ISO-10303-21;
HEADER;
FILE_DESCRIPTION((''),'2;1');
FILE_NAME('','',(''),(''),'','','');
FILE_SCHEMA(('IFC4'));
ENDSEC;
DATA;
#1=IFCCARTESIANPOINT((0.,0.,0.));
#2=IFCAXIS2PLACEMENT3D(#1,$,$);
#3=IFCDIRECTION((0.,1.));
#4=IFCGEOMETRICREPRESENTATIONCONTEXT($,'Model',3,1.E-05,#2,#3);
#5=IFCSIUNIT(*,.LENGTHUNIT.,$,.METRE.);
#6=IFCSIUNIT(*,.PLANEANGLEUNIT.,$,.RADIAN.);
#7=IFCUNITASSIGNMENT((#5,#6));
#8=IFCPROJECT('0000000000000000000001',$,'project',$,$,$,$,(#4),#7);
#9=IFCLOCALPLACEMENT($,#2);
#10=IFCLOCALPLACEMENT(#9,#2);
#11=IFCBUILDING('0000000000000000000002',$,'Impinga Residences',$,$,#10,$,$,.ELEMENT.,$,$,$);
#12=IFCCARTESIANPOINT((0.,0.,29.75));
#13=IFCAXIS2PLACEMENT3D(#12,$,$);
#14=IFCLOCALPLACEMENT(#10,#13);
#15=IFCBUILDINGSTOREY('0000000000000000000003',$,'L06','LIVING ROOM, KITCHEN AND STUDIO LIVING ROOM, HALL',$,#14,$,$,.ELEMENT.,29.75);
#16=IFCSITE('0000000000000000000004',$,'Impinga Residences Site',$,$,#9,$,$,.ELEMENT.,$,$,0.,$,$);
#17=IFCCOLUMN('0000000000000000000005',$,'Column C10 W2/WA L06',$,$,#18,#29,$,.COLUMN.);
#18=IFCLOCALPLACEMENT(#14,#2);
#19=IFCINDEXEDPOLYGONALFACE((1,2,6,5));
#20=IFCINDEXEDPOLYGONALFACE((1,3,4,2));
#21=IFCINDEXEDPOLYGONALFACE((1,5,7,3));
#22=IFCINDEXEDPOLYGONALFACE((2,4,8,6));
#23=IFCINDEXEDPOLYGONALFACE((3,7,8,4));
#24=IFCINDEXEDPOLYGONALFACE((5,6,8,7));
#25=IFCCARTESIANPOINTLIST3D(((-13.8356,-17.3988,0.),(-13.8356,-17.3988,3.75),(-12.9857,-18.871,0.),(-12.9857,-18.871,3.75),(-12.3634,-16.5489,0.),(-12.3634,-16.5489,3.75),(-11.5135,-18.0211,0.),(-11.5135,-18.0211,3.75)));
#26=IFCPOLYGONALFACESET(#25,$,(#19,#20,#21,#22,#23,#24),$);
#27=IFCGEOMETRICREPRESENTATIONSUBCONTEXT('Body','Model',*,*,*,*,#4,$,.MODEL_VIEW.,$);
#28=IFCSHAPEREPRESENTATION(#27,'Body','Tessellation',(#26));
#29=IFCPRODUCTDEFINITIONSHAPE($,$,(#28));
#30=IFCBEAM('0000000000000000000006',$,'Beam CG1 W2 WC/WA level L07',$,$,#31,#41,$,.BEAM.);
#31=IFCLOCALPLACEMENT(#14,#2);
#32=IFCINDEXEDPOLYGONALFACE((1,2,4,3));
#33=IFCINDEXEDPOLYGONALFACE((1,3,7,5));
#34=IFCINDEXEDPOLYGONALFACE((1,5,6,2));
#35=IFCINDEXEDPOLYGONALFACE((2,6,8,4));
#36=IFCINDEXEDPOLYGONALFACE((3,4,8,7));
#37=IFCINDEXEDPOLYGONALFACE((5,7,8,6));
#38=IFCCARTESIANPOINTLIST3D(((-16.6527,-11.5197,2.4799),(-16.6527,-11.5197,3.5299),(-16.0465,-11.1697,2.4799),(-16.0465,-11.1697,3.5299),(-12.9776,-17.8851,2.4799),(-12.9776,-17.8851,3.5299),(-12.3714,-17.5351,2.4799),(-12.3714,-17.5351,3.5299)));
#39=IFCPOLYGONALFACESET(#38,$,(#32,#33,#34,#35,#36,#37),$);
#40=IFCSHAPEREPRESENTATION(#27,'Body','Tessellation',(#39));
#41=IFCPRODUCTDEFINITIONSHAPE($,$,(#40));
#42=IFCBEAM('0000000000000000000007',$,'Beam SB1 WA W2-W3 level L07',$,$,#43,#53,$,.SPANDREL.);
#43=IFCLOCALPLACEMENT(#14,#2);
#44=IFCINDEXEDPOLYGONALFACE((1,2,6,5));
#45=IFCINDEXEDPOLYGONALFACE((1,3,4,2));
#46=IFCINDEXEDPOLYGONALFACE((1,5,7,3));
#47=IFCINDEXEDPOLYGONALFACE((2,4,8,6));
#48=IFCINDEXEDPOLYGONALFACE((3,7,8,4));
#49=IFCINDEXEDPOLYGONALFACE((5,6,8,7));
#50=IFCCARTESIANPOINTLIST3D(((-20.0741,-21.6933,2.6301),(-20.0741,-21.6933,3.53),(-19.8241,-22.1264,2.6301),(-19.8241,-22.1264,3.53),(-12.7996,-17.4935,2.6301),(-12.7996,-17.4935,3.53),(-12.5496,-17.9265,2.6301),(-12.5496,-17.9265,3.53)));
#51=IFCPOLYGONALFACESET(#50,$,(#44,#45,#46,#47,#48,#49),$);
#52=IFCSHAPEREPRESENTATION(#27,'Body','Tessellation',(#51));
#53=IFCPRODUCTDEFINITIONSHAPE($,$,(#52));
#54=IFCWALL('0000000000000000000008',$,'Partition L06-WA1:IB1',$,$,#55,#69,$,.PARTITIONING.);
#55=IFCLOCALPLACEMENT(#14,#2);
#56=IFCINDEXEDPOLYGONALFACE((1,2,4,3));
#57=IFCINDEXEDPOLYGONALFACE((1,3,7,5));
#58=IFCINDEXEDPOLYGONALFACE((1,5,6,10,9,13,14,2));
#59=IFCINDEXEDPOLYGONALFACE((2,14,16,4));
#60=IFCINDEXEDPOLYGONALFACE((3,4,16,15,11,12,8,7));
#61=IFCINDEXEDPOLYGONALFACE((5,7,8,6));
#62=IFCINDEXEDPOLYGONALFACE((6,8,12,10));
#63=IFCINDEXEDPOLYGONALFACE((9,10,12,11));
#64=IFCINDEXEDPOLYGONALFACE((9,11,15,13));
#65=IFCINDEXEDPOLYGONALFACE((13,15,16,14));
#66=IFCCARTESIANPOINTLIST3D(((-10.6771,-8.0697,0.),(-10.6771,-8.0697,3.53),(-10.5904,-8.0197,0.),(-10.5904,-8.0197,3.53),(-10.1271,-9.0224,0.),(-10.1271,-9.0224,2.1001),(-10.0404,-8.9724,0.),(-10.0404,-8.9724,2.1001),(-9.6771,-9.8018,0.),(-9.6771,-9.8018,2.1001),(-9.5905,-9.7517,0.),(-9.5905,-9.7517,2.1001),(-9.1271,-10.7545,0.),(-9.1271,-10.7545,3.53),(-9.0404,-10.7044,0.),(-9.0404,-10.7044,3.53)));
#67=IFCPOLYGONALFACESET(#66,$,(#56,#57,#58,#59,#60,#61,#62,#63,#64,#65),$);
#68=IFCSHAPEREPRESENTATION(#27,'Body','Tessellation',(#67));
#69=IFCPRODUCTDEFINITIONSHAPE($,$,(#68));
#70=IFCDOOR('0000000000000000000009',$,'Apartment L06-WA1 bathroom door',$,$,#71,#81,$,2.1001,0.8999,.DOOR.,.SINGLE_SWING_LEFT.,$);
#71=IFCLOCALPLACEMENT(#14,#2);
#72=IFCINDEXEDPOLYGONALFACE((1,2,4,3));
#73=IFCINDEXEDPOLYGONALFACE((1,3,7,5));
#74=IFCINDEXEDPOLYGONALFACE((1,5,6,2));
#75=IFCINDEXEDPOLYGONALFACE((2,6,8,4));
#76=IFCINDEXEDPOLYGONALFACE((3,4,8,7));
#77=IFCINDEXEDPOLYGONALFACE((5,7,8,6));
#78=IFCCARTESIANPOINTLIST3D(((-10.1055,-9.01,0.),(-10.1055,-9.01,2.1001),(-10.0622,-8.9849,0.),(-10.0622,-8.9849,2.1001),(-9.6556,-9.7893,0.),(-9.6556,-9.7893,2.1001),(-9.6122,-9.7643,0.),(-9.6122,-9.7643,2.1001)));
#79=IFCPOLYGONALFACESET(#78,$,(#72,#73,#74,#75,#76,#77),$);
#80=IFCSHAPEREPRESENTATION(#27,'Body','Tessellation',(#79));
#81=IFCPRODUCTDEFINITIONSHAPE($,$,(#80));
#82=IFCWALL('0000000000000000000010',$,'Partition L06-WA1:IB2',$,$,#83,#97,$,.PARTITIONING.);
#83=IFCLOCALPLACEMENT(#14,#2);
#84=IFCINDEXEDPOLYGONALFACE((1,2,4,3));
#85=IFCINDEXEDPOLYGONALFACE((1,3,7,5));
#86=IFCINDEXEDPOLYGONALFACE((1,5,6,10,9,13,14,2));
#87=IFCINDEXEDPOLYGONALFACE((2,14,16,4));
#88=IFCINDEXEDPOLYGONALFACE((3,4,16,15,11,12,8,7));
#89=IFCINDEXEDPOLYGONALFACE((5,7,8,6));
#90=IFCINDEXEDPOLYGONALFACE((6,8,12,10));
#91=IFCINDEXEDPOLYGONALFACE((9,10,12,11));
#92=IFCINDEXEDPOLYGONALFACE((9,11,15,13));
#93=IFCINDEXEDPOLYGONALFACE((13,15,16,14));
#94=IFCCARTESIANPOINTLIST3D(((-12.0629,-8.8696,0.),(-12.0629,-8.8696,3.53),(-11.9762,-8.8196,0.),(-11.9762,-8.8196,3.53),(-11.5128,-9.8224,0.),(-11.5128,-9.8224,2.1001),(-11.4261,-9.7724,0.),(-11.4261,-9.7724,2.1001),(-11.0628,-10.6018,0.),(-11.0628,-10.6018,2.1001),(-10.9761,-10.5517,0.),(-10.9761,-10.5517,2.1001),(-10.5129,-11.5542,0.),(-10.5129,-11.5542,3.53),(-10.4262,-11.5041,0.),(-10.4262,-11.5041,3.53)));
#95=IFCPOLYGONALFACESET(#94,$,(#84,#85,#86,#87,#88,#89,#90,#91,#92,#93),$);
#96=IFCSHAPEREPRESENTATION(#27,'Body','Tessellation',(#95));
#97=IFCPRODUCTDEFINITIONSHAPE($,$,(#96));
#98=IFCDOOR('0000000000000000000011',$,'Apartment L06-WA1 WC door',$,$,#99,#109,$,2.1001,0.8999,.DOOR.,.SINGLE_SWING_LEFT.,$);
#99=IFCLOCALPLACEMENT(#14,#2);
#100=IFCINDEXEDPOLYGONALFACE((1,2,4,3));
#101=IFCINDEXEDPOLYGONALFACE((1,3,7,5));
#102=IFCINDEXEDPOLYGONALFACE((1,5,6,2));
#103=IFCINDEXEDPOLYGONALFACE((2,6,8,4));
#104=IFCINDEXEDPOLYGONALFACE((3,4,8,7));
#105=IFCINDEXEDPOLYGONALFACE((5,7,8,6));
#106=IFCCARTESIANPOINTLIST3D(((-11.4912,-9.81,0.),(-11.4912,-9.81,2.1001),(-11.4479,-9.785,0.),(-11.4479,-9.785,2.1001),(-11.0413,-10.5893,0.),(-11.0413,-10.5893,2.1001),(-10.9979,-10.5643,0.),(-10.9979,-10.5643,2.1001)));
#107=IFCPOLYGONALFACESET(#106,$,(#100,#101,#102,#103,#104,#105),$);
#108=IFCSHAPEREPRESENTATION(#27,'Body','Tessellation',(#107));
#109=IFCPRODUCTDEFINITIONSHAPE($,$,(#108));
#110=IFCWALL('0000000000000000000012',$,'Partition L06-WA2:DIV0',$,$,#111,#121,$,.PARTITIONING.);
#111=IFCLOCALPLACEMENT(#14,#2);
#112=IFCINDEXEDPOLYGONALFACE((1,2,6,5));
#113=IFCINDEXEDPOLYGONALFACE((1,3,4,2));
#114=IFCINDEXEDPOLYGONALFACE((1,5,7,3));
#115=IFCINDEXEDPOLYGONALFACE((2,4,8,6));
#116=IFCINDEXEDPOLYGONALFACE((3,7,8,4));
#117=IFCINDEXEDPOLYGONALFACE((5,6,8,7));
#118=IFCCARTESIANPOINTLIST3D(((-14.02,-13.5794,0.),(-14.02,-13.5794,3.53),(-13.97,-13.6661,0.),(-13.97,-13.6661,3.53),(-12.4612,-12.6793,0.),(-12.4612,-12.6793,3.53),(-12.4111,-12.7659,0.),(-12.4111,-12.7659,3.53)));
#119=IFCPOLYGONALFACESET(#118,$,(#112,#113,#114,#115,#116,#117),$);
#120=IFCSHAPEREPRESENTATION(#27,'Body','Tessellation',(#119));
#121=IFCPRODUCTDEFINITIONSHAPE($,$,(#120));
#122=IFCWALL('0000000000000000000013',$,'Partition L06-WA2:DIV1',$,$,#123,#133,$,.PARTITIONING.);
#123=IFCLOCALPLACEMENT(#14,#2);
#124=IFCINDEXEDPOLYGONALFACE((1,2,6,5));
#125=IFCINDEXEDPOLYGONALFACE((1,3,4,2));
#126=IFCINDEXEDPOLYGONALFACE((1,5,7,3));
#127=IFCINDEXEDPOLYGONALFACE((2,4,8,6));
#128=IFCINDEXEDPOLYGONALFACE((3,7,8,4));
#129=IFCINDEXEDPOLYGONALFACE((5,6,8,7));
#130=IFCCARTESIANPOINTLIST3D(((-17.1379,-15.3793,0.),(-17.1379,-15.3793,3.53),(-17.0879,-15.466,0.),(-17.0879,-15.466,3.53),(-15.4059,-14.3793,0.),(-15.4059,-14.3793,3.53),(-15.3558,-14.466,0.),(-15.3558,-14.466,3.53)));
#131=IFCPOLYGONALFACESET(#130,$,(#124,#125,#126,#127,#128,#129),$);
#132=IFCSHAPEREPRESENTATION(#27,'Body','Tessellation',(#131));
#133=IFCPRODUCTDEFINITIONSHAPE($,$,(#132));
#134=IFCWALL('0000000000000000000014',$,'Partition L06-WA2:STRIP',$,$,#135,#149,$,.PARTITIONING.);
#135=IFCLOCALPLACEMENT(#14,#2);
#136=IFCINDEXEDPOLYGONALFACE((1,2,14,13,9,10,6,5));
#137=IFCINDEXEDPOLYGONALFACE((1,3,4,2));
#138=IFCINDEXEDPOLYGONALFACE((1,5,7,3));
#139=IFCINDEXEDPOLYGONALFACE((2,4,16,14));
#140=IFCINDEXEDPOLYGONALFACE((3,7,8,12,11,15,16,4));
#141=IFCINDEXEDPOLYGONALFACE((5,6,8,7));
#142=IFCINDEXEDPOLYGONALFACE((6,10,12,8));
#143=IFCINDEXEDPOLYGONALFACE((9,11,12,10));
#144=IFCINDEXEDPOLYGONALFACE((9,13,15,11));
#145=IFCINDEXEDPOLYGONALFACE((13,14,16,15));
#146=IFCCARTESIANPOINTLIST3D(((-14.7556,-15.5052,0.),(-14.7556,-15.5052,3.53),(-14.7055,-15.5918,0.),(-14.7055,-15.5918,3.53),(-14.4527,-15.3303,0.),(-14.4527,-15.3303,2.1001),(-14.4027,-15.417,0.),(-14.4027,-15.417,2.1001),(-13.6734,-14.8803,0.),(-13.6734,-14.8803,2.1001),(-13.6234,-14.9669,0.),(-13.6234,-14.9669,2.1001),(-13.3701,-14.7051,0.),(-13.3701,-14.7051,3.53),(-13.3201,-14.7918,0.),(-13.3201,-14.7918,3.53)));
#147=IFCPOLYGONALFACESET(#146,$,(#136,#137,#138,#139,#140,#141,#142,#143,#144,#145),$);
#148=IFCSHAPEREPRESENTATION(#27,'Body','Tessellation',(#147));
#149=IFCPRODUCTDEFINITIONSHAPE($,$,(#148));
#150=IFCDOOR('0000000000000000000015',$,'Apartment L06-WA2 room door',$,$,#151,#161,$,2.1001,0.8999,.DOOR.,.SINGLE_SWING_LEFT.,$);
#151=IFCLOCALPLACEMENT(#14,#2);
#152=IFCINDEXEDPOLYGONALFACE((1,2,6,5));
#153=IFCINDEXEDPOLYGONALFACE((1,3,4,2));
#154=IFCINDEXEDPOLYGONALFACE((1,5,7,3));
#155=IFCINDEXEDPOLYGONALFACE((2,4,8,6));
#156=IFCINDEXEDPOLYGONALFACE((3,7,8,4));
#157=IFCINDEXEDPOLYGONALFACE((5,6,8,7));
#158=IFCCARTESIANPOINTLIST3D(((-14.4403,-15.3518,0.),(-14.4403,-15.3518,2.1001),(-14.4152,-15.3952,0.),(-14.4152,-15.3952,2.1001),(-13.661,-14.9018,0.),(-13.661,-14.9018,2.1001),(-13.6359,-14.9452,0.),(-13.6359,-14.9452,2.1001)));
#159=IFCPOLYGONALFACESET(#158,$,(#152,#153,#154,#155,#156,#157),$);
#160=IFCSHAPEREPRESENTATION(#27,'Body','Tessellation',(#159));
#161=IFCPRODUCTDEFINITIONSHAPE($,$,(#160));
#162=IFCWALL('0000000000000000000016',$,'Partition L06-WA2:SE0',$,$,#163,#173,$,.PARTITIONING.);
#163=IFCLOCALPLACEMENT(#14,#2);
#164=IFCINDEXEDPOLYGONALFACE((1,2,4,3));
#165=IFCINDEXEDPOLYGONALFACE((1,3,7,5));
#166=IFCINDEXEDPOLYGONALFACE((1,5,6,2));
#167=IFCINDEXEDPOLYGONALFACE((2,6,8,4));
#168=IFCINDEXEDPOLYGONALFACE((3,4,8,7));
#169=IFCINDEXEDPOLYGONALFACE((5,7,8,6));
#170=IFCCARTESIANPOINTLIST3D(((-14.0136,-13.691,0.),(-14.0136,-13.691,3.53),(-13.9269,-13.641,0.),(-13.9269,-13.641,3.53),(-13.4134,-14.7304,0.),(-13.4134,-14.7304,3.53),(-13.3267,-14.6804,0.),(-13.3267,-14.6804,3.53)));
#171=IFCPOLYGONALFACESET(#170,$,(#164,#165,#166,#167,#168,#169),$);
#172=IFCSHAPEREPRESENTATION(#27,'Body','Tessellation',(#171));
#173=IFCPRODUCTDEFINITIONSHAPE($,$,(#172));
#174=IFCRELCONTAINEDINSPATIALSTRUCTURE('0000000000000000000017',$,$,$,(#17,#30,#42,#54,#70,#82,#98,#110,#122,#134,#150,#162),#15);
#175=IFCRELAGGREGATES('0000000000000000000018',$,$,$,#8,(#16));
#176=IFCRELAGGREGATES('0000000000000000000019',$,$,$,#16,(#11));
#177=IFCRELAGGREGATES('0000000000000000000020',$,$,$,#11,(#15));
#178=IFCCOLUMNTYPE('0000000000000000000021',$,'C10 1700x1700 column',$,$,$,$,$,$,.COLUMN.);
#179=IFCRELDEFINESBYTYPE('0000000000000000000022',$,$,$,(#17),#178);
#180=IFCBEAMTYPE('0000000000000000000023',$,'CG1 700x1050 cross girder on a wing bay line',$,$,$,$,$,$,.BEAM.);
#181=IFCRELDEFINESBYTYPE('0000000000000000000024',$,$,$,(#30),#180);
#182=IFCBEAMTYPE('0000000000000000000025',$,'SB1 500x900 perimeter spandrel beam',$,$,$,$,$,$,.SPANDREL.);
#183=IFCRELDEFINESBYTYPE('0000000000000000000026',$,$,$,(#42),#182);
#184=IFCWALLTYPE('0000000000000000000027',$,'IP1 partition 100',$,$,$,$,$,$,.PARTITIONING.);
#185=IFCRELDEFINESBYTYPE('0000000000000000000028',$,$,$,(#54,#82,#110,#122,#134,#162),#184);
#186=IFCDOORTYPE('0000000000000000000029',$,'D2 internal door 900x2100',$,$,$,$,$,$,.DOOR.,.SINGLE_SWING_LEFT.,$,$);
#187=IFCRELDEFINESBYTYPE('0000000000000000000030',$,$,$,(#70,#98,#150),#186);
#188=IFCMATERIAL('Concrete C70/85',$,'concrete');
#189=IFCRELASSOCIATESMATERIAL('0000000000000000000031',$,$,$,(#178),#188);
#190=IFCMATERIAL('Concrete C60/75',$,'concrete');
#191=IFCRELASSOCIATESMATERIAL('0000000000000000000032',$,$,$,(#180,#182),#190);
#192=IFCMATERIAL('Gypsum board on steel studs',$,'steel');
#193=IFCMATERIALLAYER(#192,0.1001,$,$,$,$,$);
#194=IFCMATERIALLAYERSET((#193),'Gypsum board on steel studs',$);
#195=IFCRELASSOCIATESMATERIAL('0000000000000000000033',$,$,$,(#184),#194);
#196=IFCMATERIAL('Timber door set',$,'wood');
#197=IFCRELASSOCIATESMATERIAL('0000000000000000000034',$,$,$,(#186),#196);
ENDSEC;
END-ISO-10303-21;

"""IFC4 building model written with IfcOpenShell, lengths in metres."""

from ifc_helpers import new_model, si_unit, direction, frame, frame_2d, origin, origin_2d, place, context, subcontext, project, spatial, rectangle, extrude, material, layer, layer_set, material_profile, profile_set, type_object, element, fill, save


model = new_model("IFC4")

# Units and contexts
model_context = context("Model", 3, precision=1e-05, world=origin(), true_north=direction((0.0, 1.0)))
body_context = subcontext(model_context, "Body", "Model", "MODEL_VIEW")
ifc_project = project(units=[si_unit("LENGTHUNIT", "METRE"), si_unit("PLANEANGLEUNIT", "RADIAN")], contexts=[model_context])

# Site, building, storey
site_placement = place(None, origin())
site = spatial("IfcSite", under=ifc_project, at=site_placement, Name="Impinga Residences Site", CompositionType="ELEMENT", RefElevation=0.0)
building_placement = place(site_placement, origin())
building = spatial("IfcBuilding", under=site, at=building_placement, Name="Impinga Residences", CompositionType="ELEMENT")
storey_placement = place(building_placement, frame((0.0, 0.0, 29.75)))
storey = spatial("IfcBuildingStorey", under=building, at=storey_placement, Name="L06", Description="LIVING ROOM, KITCHEN AND STUDIO LIVING ROOM, HALL", CompositionType="ELEMENT", Elevation=29.75)

# Column
ifc_material_1 = material(Name="Concrete C70/85", Category="concrete")
ifc_material_profile_1 = material_profile(ifc_material_1, rectangle(XDim=1.7, YDim=1.7, at=origin_2d()), Name="RC 1700x1700")
ifc_profile_set_1 = profile_set([ifc_material_profile_1], Name="Concrete C70/85")
column_type = type_object("IfcColumnType", Name="C10 1700x1700 column", PredefinedType="COLUMN", material=ifc_profile_set_1)
column_placement = place(storey_placement, frame((-12.6746, -17.71, 0.0), z_axis=(0.0, 0.0, 1.0), x_axis=(-0.5, 0.866025, 0.0)))
element("IfcColumn", 1, at=column_placement, inside=storey, type_object=column_type, Name="Column C10 W2/WA L06", PredefinedType="COLUMN", context=body_context, shape_type="SweptSolid", body=[
    extrude(rectangle(XDim=1.7, YDim=1.7, at=origin_2d()), origin(), (0.0, 0.0, 1.0), 3.75),
])

# Beams
ifc_material_2 = material(Name="Concrete C60/75", Category="concrete")
ifc_material_profile_2 = material_profile(ifc_material_2, rectangle(XDim=0.7, YDim=1.05, at=origin_2d()), Name="RC 700x1050")
ifc_profile_set_2 = profile_set([ifc_material_profile_2], Name="Concrete C60/75")
beam_type_1 = type_object("IfcBeamType", Name="CG1 700x1050 cross girder on a wing bay line", PredefinedType="BEAM", material=ifc_profile_set_2)
beam_1_placement = place(storey_placement, frame((-16.3496, -11.3447, 3.0049), z_axis=(0.500008, -0.866021, 0.0), x_axis=(0.866021, 0.500008, 0.0)))
element("IfcBeam", 2, at=beam_1_placement, inside=storey, type_object=beam_type_1, Name="Beam CG1 W2 WC/WA level L07", PredefinedType="BEAM", context=body_context, shape_type="SweptSolid", body=[
    extrude(rectangle(XDim=0.7, YDim=1.05, at=origin_2d()), origin(), (0.0, 0.0, 1.0), 7.3501),
])
ifc_material_profile_3 = material_profile(ifc_material_2, rectangle(XDim=0.5, YDim=0.8999, at=origin_2d()), Name="RC 500x900")
ifc_profile_set_3 = profile_set([ifc_material_profile_3], Name="Concrete C60/75")
beam_type_2 = type_object("IfcBeamType", Name="SB1 500x900 perimeter spandrel beam", PredefinedType="SPANDREL", material=ifc_profile_set_3)
beam_2_placement = place(storey_placement, frame((-12.6746, -17.71, 3.0801), z_axis=(-0.866029, -0.499993, 0.0), x_axis=(0.499993, -0.866029, 0.0)))
element("IfcBeam", 3, at=beam_2_placement, inside=storey, type_object=beam_type_2, Name="Beam SB1 WA W2-W3 level L07", PredefinedType="SPANDREL", context=body_context, shape_type="SweptSolid", body=[
    extrude(rectangle(XDim=0.5, YDim=0.8999, at=origin_2d()), origin(), (0.0, 0.0, 1.0), 8.3999),
])

# Walls, openings, doors
ifc_material_3 = material(Name="Gypsum board on steel studs", Category="steel")
ifc_layer_1 = layer(ifc_material_3, 0.1001)
ifc_layer_set_1 = layer_set([ifc_layer_1], Name="Gypsum board on steel studs")
wall_type_1 = type_object("IfcWallType", Name="IP1 partition 100", PredefinedType="PARTITIONING", material=ifc_layer_set_1)
wall_1_placement = place(storey_placement, frame((-10.6338, -8.0447, 0.0), z_axis=(0.0, 0.0, 1.0), x_axis=(0.499993, -0.86603, 0.0)))
wall_1 = element("IfcWall", 4, at=wall_1_placement, inside=storey, type_object=wall_type_1, Name="Partition L06-WA1:IB1", PredefinedType="PARTITIONING", context=body_context, shape_type="SweptSolid", body=[
    extrude(rectangle(XDim=3.1001, YDim=0.1001, at=frame_2d((1.55, 0.0))), origin(), (0.0, 0.0, 1.0), 3.53),
])
opening_1_placement = place(wall_1_placement, frame((1.1001, 0.0, 0.0)))
opening_1 = element("IfcOpeningElement", 5, at=opening_1_placement, cuts=wall_1, PredefinedType="OPENING", context=body_context, shape_type="SweptSolid", body=[
    extrude(rectangle(XDim=0.8999, YDim=2.1001, at=frame_2d((0.45, 1.05))), frame((0.0, 0.0601, 0.0), z_axis=(0.0, -1.0, 0.0), x_axis=(1.0, 0.0, 0.0)), (0.0, 0.0, 1.0), 0.1201),
])
ifc_material_4 = material(Name="Timber door set", Category="wood")
door_type = type_object("IfcDoorType", Name="D2 internal door 900x2100", OperationType="SINGLE_SWING_LEFT", PredefinedType="DOOR", material=ifc_material_4)
door_1_placement = place(opening_1_placement, origin())
door_1 = element("IfcDoor", 6, at=door_1_placement, inside=storey, type_object=door_type, Name="Apartment L06-WA1 bathroom door", OperationType="SINGLE_SWING_LEFT", OverallHeight=2.1001, OverallWidth=0.8999, PredefinedType="DOOR", context=body_context, shape_type="SweptSolid", body=[
    extrude(rectangle(XDim=0.8999, YDim=2.1001, at=frame_2d((0.45, 1.05))), frame((0.0, 0.0249, 0.0), z_axis=(0.0, -1.0, 0.0), x_axis=(1.0, 0.0, 0.0)), (0.0, 0.0, 1.0), 0.05),
])
fill(opening_1, door_1)
wall_2_placement = place(storey_placement, frame((-12.0195, -8.8447, 0.0), z_axis=(0.0, 0.0, 1.0), x_axis=(0.500027, -0.86601, 0.0)))
wall_2 = element("IfcWall", 7, at=wall_2_placement, inside=storey, type_object=wall_type_1, Name="Partition L06-WA1:IB2", PredefinedType="PARTITIONING", context=body_context, shape_type="SweptSolid", body=[
    extrude(rectangle(XDim=3.0999, YDim=0.1001, at=frame_2d((1.5498, 0.0))), origin(), (0.0, 0.0, 1.0), 3.53),
])
opening_2_placement = place(wall_2_placement, frame((1.1001, 0.0, 0.0)))
opening_2 = element("IfcOpeningElement", 8, at=opening_2_placement, cuts=wall_2, PredefinedType="OPENING", context=body_context, shape_type="SweptSolid", body=[
    extrude(rectangle(XDim=0.8999, YDim=2.1001, at=frame_2d((0.45, 1.05))), frame((0.0, 0.0601, 0.0), z_axis=(0.0, -1.0, 0.0), x_axis=(1.0, 0.0, 0.0)), (0.0, 0.0, 1.0), 0.1201),
])
door_2_placement = place(opening_2_placement, origin())
door_2 = element("IfcDoor", 9, at=door_2_placement, inside=storey, type_object=door_type, Name="Apartment L06-WA1 WC door", OperationType="SINGLE_SWING_LEFT", OverallHeight=2.1001, OverallWidth=0.8999, PredefinedType="DOOR", context=body_context, shape_type="SweptSolid", body=[
    extrude(rectangle(XDim=0.8999, YDim=2.1001, at=frame_2d((0.45, 1.05))), frame((0.0, 0.0249, 0.0), z_axis=(0.0, -1.0, 0.0), x_axis=(1.0, 0.0, 0.0)), (0.0, 0.0, 1.0), 0.05),
])
fill(opening_2, door_2)

# Walls
wall_3_placement = place(storey_placement, frame((-12.4363, -12.7227, 0.0), z_axis=(0.0, 0.0, 1.0), x_axis=(-0.865989, -0.500063, 0.0)))
element("IfcWall", 10, at=wall_3_placement, inside=storey, type_object=wall_type_1, Name="Partition L06-WA2:DIV0", PredefinedType="PARTITIONING", context=body_context, shape_type="SweptSolid", body=[
    extrude(rectangle(XDim=1.8, YDim=0.1001, at=frame_2d((0.8999, 0.0))), origin(), (0.0, 0.0, 1.0), 3.53),
])
wall_4_placement = place(storey_placement, frame((-15.3809, -14.4226, 0.0), z_axis=(0.0, 0.0, 1.0), x_axis=(-0.866011, -0.500025, 0.0)))
element("IfcWall", 11, at=wall_4_placement, inside=storey, type_object=wall_type_1, Name="Partition L06-WA2:DIV1", PredefinedType="PARTITIONING", context=body_context, shape_type="SweptSolid", body=[
    extrude(rectangle(XDim=2.0, YDim=0.1001, at=frame_2d((1.0, 0.0))), origin(), (0.0, 0.0, 1.0), 3.53),
])

# Wall, opening, door
wall_5_placement = place(storey_placement, frame((-13.3452, -14.7485, 0.0), z_axis=(0.0, 0.0, 1.0), x_axis=(-0.86599, -0.500061, 0.0)))
wall_5 = element("IfcWall", 12, at=wall_5_placement, inside=storey, type_object=wall_type_1, Name="Partition L06-WA2:STRIP", PredefinedType="PARTITIONING", context=body_context, shape_type="SweptSolid", body=[
    extrude(rectangle(XDim=1.5999, YDim=0.1001, at=frame_2d((0.7998, 0.0))), origin(), (0.0, 0.0, 1.0), 3.53),
])
opening_3_placement = place(wall_5_placement, frame((0.3501, 0.0, 0.0)))
opening_3 = element("IfcOpeningElement", 13, at=opening_3_placement, cuts=wall_5, PredefinedType="OPENING", context=body_context, shape_type="SweptSolid", body=[
    extrude(rectangle(XDim=0.8999, YDim=2.1001, at=frame_2d((0.45, 1.05))), frame((0.0, 0.0601, 0.0), z_axis=(0.0, -1.0, 0.0), x_axis=(1.0, 0.0, 0.0)), (0.0, 0.0, 1.0), 0.1201),
])
door_3_placement = place(opening_3_placement, origin())
door_3 = element("IfcDoor", 14, at=door_3_placement, inside=storey, type_object=door_type, Name="Apartment L06-WA2 room door", OperationType="SINGLE_SWING_LEFT", OverallHeight=2.1001, OverallWidth=0.8999, PredefinedType="DOOR", context=body_context, shape_type="SweptSolid", body=[
    extrude(rectangle(XDim=0.8999, YDim=2.1001, at=frame_2d((0.45, 1.05))), frame((0.0, 0.0249, 0.0), z_axis=(0.0, -1.0, 0.0), x_axis=(1.0, 0.0, 0.0)), (0.0, 0.0, 1.0), 0.05),
])
fill(opening_3, door_3)

# Wall
wall_6_placement = place(storey_placement, frame((-13.9702, -13.666, 0.0), z_axis=(0.0, 0.0, 1.0), x_axis=(0.500034, -0.866006, 0.0)))
element("IfcWall", 15, at=wall_6_placement, inside=storey, type_object=wall_type_1, Name="Partition L06-WA2:SE0", PredefinedType="PARTITIONING", context=body_context, shape_type="SweptSolid", body=[
    extrude(rectangle(XDim=1.2002, YDim=0.1001, at=frame_2d((0.6001, 0.0))), origin(), (0.0, 0.0, 1.0), 3.53),
])

save(model, "model.ifc")
